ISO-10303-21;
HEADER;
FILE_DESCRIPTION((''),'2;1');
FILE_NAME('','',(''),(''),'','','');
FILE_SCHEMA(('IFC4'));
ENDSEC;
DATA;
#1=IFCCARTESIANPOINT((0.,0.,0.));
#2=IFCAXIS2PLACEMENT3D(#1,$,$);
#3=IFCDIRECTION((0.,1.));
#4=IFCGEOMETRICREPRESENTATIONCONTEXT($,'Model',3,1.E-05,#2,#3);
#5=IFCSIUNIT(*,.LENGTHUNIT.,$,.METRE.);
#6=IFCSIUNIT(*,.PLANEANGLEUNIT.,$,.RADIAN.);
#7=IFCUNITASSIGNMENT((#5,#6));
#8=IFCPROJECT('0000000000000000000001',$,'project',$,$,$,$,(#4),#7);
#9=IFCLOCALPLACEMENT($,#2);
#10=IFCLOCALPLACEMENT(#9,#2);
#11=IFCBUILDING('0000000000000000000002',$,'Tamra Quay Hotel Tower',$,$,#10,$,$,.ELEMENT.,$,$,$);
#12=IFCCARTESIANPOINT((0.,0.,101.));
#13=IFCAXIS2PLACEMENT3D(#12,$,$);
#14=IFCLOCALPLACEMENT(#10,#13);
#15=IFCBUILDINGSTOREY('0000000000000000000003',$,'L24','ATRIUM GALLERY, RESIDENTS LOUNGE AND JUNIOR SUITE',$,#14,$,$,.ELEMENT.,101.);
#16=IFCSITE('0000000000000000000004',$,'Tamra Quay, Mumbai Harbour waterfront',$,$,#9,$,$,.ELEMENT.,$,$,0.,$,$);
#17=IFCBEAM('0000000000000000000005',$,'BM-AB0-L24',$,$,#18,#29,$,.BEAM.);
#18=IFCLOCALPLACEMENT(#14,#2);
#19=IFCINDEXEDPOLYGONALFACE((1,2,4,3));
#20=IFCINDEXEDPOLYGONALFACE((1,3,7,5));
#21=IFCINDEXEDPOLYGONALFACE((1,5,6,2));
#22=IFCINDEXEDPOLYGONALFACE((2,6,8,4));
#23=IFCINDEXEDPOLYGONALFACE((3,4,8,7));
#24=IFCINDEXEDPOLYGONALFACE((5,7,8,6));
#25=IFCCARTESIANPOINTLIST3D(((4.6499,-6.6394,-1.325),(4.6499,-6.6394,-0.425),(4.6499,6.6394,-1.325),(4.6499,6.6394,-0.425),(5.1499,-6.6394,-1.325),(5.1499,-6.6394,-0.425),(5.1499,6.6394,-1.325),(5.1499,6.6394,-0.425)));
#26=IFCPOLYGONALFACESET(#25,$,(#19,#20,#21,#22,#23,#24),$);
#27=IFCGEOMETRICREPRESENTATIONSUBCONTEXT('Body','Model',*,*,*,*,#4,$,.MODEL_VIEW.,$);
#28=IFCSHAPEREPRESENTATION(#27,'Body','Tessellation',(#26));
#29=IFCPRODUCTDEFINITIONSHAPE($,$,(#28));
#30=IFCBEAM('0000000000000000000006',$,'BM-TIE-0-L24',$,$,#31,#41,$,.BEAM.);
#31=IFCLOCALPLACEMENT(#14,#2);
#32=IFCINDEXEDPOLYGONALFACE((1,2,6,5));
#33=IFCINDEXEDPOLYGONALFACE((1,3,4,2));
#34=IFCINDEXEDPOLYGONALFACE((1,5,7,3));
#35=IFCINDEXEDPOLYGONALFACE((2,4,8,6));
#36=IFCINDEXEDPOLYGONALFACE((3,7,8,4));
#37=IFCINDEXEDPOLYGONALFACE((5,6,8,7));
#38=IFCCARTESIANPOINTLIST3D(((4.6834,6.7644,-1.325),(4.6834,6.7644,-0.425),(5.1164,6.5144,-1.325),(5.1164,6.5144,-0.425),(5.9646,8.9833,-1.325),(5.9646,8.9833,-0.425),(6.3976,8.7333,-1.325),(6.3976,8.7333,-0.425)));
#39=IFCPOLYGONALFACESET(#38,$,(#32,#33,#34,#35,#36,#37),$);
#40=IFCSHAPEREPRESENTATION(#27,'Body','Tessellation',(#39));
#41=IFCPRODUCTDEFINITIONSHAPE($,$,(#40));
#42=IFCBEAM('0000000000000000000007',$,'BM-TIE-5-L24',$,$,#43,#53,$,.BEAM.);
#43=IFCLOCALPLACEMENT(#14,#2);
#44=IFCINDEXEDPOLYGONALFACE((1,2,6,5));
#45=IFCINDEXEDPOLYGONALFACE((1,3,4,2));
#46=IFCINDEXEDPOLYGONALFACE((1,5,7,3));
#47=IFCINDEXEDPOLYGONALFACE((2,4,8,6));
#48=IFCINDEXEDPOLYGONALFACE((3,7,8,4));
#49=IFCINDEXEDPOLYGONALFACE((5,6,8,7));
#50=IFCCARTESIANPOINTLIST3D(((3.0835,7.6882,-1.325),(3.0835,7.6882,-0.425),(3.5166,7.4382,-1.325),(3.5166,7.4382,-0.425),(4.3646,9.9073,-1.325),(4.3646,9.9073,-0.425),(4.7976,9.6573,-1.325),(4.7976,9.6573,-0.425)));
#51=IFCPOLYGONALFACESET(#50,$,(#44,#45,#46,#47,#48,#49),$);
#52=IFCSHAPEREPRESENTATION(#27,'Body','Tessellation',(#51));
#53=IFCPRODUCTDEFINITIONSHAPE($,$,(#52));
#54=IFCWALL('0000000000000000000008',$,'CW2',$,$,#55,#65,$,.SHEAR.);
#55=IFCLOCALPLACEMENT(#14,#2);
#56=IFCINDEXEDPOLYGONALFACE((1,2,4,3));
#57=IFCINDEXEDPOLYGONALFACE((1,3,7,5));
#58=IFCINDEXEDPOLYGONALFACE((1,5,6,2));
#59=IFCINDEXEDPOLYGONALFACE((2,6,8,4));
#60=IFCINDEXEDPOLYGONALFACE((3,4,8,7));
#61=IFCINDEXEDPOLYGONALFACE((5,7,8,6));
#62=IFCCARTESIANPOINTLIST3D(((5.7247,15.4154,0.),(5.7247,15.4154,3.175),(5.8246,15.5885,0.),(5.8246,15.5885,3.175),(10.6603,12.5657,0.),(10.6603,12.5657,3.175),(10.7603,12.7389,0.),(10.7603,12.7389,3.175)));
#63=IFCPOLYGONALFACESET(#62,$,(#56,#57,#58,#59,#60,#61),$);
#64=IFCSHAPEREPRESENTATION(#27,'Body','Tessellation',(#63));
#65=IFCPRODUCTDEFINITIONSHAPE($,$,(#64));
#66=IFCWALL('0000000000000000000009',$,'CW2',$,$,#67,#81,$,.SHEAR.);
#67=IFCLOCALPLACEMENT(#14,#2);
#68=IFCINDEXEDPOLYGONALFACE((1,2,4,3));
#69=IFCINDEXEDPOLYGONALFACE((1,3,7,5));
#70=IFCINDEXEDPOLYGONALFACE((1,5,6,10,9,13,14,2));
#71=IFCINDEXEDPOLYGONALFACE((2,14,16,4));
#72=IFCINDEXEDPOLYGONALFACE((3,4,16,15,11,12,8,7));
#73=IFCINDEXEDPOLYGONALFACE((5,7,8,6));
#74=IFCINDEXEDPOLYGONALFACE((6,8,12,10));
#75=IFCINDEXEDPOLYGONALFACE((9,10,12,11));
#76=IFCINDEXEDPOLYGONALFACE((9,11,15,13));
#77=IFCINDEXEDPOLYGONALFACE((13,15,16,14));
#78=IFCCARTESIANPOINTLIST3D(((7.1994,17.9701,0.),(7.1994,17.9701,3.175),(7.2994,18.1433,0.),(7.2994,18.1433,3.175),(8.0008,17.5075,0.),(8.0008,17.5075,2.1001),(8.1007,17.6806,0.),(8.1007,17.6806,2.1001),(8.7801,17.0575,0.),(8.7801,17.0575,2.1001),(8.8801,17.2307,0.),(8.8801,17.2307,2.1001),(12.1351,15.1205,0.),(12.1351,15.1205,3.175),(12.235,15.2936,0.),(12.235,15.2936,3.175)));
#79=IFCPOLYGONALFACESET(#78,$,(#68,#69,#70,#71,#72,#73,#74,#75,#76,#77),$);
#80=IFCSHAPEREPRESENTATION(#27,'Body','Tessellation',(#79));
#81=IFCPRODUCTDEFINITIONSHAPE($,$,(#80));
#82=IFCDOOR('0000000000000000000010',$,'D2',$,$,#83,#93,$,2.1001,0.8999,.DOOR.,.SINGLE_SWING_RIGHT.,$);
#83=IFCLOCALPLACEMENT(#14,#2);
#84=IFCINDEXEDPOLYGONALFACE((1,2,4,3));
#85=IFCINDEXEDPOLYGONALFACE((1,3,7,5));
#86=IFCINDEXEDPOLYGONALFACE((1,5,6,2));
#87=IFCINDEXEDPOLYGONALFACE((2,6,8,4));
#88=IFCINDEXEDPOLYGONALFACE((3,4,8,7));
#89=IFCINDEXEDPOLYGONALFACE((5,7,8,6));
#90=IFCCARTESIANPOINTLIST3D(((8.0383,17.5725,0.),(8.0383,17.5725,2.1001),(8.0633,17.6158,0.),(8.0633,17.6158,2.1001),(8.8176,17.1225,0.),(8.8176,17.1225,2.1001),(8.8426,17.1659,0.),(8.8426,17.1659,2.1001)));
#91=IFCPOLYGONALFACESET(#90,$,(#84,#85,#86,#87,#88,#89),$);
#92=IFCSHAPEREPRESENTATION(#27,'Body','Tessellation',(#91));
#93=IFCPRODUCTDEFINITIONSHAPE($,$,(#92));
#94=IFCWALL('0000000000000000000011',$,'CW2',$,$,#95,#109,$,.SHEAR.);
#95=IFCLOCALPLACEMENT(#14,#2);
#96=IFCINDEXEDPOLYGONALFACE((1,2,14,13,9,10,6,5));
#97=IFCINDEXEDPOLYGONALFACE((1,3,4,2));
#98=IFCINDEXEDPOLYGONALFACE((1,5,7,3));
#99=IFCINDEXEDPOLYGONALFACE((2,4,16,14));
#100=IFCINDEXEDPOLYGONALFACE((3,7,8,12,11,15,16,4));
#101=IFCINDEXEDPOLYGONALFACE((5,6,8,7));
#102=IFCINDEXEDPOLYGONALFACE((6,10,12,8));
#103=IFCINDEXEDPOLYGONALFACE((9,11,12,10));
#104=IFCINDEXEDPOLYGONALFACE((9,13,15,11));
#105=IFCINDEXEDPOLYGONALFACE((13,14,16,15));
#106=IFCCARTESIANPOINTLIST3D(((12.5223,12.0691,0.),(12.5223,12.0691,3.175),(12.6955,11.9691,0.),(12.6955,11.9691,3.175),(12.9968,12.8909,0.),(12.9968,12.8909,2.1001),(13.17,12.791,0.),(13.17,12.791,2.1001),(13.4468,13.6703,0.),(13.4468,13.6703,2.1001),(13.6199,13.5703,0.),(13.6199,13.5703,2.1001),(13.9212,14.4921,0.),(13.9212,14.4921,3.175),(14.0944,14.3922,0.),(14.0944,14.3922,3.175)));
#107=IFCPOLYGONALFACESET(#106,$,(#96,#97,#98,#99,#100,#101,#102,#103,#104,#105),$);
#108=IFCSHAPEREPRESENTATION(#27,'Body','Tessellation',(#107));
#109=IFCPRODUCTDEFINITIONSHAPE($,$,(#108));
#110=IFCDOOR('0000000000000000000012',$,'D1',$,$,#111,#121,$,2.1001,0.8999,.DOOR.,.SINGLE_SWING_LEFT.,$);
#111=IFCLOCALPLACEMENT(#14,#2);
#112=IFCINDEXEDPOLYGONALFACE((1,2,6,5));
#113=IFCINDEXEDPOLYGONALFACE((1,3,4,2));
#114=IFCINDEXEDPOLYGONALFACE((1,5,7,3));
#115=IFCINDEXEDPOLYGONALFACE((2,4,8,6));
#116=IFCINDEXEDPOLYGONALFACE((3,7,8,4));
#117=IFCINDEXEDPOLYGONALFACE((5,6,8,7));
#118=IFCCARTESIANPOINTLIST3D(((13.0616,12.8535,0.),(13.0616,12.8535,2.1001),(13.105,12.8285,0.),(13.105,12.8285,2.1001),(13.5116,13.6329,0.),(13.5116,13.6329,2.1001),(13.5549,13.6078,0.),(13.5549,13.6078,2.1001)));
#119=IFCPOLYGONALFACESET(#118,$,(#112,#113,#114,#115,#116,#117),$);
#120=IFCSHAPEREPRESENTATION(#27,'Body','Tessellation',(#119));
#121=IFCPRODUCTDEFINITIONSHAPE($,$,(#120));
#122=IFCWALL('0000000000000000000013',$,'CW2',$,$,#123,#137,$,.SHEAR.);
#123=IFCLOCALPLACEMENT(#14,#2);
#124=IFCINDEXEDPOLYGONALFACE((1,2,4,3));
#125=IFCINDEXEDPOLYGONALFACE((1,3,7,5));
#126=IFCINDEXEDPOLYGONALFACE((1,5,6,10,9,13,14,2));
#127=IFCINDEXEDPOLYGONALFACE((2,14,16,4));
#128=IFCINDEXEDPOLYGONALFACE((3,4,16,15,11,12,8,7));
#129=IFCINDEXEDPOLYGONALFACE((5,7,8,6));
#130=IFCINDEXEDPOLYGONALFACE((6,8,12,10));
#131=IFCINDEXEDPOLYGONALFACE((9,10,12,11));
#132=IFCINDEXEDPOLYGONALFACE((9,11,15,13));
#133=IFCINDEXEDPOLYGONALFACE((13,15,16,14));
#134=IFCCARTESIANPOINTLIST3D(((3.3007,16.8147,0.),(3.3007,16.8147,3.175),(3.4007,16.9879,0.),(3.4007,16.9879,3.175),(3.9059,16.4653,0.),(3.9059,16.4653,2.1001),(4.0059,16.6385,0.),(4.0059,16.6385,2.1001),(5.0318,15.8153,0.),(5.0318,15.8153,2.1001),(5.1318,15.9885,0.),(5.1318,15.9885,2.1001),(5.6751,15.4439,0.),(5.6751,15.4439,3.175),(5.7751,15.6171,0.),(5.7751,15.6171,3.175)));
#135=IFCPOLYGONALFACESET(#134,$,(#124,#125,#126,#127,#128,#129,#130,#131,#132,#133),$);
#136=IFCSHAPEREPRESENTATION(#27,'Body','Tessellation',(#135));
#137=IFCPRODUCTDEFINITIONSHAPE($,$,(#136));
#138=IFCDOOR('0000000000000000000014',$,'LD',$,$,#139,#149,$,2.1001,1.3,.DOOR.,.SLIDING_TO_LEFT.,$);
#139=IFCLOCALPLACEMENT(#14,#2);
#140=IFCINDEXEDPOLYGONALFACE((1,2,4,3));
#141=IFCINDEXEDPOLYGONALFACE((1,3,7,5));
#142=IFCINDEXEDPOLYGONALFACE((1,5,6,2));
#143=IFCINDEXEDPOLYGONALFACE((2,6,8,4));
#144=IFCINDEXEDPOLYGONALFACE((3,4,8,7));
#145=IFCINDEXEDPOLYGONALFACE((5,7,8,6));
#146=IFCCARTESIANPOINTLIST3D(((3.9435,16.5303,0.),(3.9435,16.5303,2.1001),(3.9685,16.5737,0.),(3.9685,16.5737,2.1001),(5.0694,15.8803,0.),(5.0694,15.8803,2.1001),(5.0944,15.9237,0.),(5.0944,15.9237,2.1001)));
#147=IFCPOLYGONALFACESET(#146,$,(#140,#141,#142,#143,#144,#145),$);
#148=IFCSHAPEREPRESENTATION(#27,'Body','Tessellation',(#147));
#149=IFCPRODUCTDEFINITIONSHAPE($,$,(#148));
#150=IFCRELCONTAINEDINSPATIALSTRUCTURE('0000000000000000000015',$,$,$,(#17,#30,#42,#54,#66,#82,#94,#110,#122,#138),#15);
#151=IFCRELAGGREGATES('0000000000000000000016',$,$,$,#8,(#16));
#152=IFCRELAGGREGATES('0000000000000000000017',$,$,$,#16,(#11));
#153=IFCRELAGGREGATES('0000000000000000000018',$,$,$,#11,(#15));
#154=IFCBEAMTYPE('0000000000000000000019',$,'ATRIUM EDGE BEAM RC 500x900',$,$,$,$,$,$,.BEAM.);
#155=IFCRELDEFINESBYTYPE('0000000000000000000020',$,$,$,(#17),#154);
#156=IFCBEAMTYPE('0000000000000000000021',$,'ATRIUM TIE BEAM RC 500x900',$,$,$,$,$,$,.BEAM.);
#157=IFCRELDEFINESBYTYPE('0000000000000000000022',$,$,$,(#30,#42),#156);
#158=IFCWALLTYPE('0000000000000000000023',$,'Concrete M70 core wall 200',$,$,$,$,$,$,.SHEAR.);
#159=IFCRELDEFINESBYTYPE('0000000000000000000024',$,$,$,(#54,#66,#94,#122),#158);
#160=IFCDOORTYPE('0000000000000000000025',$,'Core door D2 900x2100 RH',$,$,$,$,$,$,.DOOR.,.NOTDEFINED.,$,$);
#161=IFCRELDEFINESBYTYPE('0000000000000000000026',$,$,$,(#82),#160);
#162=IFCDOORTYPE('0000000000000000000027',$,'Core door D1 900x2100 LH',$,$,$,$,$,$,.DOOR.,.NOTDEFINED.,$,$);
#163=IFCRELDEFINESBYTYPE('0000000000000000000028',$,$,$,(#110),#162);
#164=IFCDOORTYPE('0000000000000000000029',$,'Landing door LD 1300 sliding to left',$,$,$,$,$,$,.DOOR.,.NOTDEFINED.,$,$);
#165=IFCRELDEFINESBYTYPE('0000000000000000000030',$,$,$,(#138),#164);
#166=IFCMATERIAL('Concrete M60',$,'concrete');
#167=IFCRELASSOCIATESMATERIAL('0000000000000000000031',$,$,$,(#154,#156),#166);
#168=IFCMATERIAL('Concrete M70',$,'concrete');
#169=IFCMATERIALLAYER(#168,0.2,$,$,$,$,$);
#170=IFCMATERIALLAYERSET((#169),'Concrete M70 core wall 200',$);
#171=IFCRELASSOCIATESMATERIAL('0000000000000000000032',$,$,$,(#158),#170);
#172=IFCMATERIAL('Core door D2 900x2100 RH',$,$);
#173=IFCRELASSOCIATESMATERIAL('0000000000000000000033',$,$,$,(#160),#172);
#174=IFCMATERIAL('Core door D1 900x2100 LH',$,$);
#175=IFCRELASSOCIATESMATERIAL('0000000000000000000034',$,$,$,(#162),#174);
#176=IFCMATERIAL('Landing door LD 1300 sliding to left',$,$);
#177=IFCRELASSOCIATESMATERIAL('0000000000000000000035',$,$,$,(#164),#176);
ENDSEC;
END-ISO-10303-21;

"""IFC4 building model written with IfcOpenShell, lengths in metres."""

from ifc_helpers import new_model, si_unit, direction, frame, frame_2d, origin, origin_2d, place, context, subcontext, project, spatial, rectangle, extrude, material, layer, layer_set, material_profile, profile_set, type_object, element, fill, save


model = new_model("IFC4")

# Units and contexts
model_context = context("Model", 3, precision=1e-05, world=origin(), true_north=direction((0.0, 1.0)))
body_context = subcontext(model_context, "Body", "Model", "MODEL_VIEW")
ifc_project = project(units=[si_unit("LENGTHUNIT", "METRE"), si_unit("PLANEANGLEUNIT", "RADIAN")], contexts=[model_context])

# Site, building, storey
site_placement = place(None, origin())
site = spatial("IfcSite", under=ifc_project, at=site_placement, Name="Tamra Quay, Mumbai Harbour waterfront", CompositionType="ELEMENT", RefElevation=0.0)
building_placement = place(site_placement, origin())
building = spatial("IfcBuilding", under=site, at=building_placement, Name="Tamra Quay Hotel Tower", CompositionType="ELEMENT")
storey_placement = place(building_placement, frame((0.0, 0.0, 101.0)))
storey = spatial("IfcBuildingStorey", under=building, at=storey_placement, Name="L24", Description="ATRIUM GALLERY, RESIDENTS LOUNGE AND JUNIOR SUITE", CompositionType="ELEMENT", Elevation=101.0)

# Beams
ifc_material_1 = material(Name="Concrete M60", Category="concrete")
ifc_material_profile_1 = material_profile(ifc_material_1, rectangle(XDim=0.5, YDim=0.8999, at=origin_2d()), Name="ATRIUM EDGE BEAM RC 500x900")
ifc_profile_set_1 = profile_set([ifc_material_profile_1], Name="Concrete M60")
beam_type_1 = type_object("IfcBeamType", Name="ATRIUM EDGE BEAM RC 500x900", PredefinedType="BEAM", material=ifc_profile_set_1)
beam_placement = place(storey_placement, frame((4.8999, 6.6394, -0.875), z_axis=(0.0, -1.0, 0.0), x_axis=(1.0, 0.0, 0.0)))
element("IfcBeam", 1, at=beam_placement, inside=storey, type_object=beam_type_1, Name="BM-AB0-L24", PredefinedType="BEAM", context=body_context, shape_type="SweptSolid", body=[
    extrude(rectangle(XDim=0.5, YDim=0.8999, at=origin_2d()), origin(), (0.0, 0.0, 1.0), 13.2788),
])
ifc_material_profile_2 = material_profile(ifc_material_1, rectangle(XDim=0.5, YDim=0.8999, at=origin_2d()), Name="ATRIUM TIE BEAM RC 500x900")
ifc_profile_set_2 = profile_set([ifc_material_profile_2], Name="Concrete M60")
beam_type_2 = type_object("IfcBeamType", Name="ATRIUM TIE BEAM RC 500x900", PredefinedType="BEAM", material=ifc_profile_set_2)
for number, where, z_axis, x_axis, name in (
    (2, (4.8999, 6.6394, -0.875), (0.500033, 0.866006, 0.0), (-0.866006, 0.500033, 0.0), "BM-TIE-0-L24"),
    (3, (3.3, 7.5632, -0.875), (0.499962, 0.866048, 0.0), (-0.866048, 0.499962, 0.0), "BM-TIE-5-L24"),
):
    element("IfcBeam", number, at=place(storey_placement, frame(where, z_axis=z_axis, x_axis=x_axis)), inside=storey, type_object=beam_type_2, Name=name, PredefinedType="BEAM", context=body_context, shape_type="SweptSolid", body=[
        extrude(rectangle(XDim=0.5, YDim=0.8999, at=origin_2d()), origin(), (0.0, 0.0, 1.0), 2.5623),
    ])

# Wall
ifc_material_2 = material(Name="Concrete M70", Category="concrete")
ifc_layer_1 = layer(ifc_material_2, 0.2)
ifc_layer_set_1 = layer_set([ifc_layer_1], Name="Concrete M70 core wall 200")
wall_type_1 = type_object("IfcWallType", Name="Concrete M70 core wall 200", PredefinedType="SHEAR", material=ifc_layer_set_1)
wall_1_placement = place(storey_placement, frame((5.7747, 15.502, 0.0), z_axis=(0.0, 0.0, 1.0), x_axis=(0.86602, -0.500009, 0.0)))
element("IfcWall", 4, at=wall_1_placement, inside=storey, type_object=wall_type_1, Name="CW2", PredefinedType="SHEAR", context=body_context, shape_type="SweptSolid", body=[
    extrude(rectangle(XDim=5.6992, YDim=0.2, at=frame_2d((2.8496, 0.0))), origin(), (0.0, 0.0, 1.0), 3.175),
])

# Walls, openings, doors
wall_2_placement = place(storey_placement, frame((12.1851, 15.207, 0.0), z_axis=(0.0, 0.0, 1.0), x_axis=(-0.86602, 0.500009, 0.0)))
wall_2 = element("IfcWall", 5, at=wall_2_placement, inside=storey, type_object=wall_type_1, Name="CW2", PredefinedType="SHEAR", context=body_context, shape_type="SweptSolid", body=[
    extrude(rectangle(XDim=5.6992, YDim=0.2, at=frame_2d((2.8496, 0.0))), origin(), (0.0, 0.0, 1.0), 3.175),
])
opening_1_placement = place(wall_2_placement, frame((3.874, 0.0, 0.0)))
opening_1 = element("IfcOpeningElement", 6, at=opening_1_placement, cuts=wall_2, PredefinedType="OPENING", context=body_context, shape_type="SweptSolid", body=[
    extrude(rectangle(XDim=0.8999, YDim=2.1001, at=frame_2d((0.45, 1.05))), frame((0.0, 0.1099, 0.0), z_axis=(0.0, -1.0, 0.0), x_axis=(1.0, 0.0, 0.0)), (0.0, 0.0, 1.0), 0.22),
])
ifc_material_3 = material(Name="Core door D2 900x2100 RH")
door_type_1 = type_object("IfcDoorType", Name="Core door D2 900x2100 RH", OperationType="NOTDEFINED", PredefinedType="DOOR", material=ifc_material_3)
door_1_placement = place(opening_1_placement, origin())
door_1 = element("IfcDoor", 7, at=door_1_placement, inside=storey, type_object=door_type_1, Name="D2", OperationType="SINGLE_SWING_RIGHT", OverallHeight=2.1001, OverallWidth=0.8999, PredefinedType="DOOR", context=body_context, shape_type="SweptSolid", body=[
    extrude(rectangle(XDim=0.8999, YDim=2.1001, at=frame_2d((0.45, 1.05))), frame((0.0, 0.0249, 0.0), z_axis=(0.0, -1.0, 0.0), x_axis=(1.0, 0.0, 0.0)), (0.0, 0.0, 1.0), 0.05),
])
fill(opening_1, door_1)
wall_3_placement = place(storey_placement, frame((14.0078, 14.4421, 0.0), z_axis=(0.0, 0.0, 1.0), x_axis=(-0.499987, -0.866033, 0.0)))
wall_3 = element("IfcWall", 8, at=wall_3_placement, inside=storey, type_object=wall_type_1, Name="CW2", PredefinedType="SHEAR", context=body_context, shape_type="SweptSolid", body=[
    extrude(rectangle(XDim=2.7979, YDim=0.2, at=frame_2d((1.3989, 0.0))), origin(), (0.0, 0.0, 1.0), 3.175),
])
opening_2_placement = place(wall_3_placement, frame((0.949, 0.0, 0.0)))
opening_2 = element("IfcOpeningElement", 9, at=opening_2_placement, cuts=wall_3, PredefinedType="OPENING", context=body_context, shape_type="SweptSolid", body=[
    extrude(rectangle(XDim=0.8999, YDim=2.1001, at=frame_2d((0.45, 1.05))), frame((0.0, 0.1099, 0.0), z_axis=(0.0, -1.0, 0.0), x_axis=(1.0, 0.0, 0.0)), (0.0, 0.0, 1.0), 0.22),
])
ifc_material_4 = material(Name="Core door D1 900x2100 LH")
door_type_2 = type_object("IfcDoorType", Name="Core door D1 900x2100 LH", OperationType="NOTDEFINED", PredefinedType="DOOR", material=ifc_material_4)
door_2_placement = place(opening_2_placement, origin())
door_2 = element("IfcDoor", 10, at=door_2_placement, inside=storey, type_object=door_type_2, Name="D1", OperationType="SINGLE_SWING_LEFT", OverallHeight=2.1001, OverallWidth=0.8999, PredefinedType="DOOR", context=body_context, shape_type="SweptSolid", body=[
    extrude(rectangle(XDim=0.8999, YDim=2.1001, at=frame_2d((0.45, 1.05))), frame((0.0, 0.0249, 0.0), z_axis=(0.0, -1.0, 0.0), x_axis=(1.0, 0.0, 0.0)), (0.0, 0.0, 1.0), 0.05),
])
fill(opening_2, door_2)
wall_4_placement = place(storey_placement, frame((5.7251, 15.5305, 0.0), z_axis=(0.0, 0.0, 1.0), x_axis=(-0.866037, 0.499979, 0.0)))
wall_4 = element("IfcWall", 11, at=wall_4_placement, inside=storey, type_object=wall_type_1, Name="CW2", PredefinedType="SHEAR", context=body_context, shape_type="SweptSolid", body=[
    extrude(rectangle(XDim=2.7417, YDim=0.2, at=frame_2d((1.3708, 0.0))), origin(), (0.0, 0.0, 1.0), 3.175),
])
opening_3_placement = place(wall_4_placement, frame((0.7429, 0.0, 0.0)))
opening_3 = element("IfcOpeningElement", 12, at=opening_3_placement, cuts=wall_4, PredefinedType="OPENING", context=body_context, shape_type="SweptSolid", body=[
    extrude(rectangle(XDim=1.3, YDim=2.1001, at=frame_2d((0.6499, 1.05))), frame((0.0, 0.1099, 0.0), z_axis=(0.0, -1.0, 0.0), x_axis=(1.0, 0.0, 0.0)), (0.0, 0.0, 1.0), 0.22),
])
ifc_material_5 = material(Name="Landing door LD 1300 sliding to left")
door_type_3 = type_object("IfcDoorType", Name="Landing door LD 1300 sliding to left", OperationType="NOTDEFINED", PredefinedType="DOOR", material=ifc_material_5)
door_3_placement = place(opening_3_placement, origin())
door_3 = element("IfcDoor", 13, at=door_3_placement, inside=storey, type_object=door_type_3, Name="LD", OperationType="SLIDING_TO_LEFT", OverallHeight=2.1001, OverallWidth=1.3, PredefinedType="DOOR", context=body_context, shape_type="SweptSolid", body=[
    extrude(rectangle(XDim=1.3, YDim=2.1001, at=frame_2d((0.6499, 1.05))), frame((0.0, 0.0249, 0.0), z_axis=(0.0, -1.0, 0.0), x_axis=(1.0, 0.0, 0.0)), (0.0, 0.0, 1.0), 0.05),
])
fill(opening_3, door_3)

save(model, "model.ifc")
